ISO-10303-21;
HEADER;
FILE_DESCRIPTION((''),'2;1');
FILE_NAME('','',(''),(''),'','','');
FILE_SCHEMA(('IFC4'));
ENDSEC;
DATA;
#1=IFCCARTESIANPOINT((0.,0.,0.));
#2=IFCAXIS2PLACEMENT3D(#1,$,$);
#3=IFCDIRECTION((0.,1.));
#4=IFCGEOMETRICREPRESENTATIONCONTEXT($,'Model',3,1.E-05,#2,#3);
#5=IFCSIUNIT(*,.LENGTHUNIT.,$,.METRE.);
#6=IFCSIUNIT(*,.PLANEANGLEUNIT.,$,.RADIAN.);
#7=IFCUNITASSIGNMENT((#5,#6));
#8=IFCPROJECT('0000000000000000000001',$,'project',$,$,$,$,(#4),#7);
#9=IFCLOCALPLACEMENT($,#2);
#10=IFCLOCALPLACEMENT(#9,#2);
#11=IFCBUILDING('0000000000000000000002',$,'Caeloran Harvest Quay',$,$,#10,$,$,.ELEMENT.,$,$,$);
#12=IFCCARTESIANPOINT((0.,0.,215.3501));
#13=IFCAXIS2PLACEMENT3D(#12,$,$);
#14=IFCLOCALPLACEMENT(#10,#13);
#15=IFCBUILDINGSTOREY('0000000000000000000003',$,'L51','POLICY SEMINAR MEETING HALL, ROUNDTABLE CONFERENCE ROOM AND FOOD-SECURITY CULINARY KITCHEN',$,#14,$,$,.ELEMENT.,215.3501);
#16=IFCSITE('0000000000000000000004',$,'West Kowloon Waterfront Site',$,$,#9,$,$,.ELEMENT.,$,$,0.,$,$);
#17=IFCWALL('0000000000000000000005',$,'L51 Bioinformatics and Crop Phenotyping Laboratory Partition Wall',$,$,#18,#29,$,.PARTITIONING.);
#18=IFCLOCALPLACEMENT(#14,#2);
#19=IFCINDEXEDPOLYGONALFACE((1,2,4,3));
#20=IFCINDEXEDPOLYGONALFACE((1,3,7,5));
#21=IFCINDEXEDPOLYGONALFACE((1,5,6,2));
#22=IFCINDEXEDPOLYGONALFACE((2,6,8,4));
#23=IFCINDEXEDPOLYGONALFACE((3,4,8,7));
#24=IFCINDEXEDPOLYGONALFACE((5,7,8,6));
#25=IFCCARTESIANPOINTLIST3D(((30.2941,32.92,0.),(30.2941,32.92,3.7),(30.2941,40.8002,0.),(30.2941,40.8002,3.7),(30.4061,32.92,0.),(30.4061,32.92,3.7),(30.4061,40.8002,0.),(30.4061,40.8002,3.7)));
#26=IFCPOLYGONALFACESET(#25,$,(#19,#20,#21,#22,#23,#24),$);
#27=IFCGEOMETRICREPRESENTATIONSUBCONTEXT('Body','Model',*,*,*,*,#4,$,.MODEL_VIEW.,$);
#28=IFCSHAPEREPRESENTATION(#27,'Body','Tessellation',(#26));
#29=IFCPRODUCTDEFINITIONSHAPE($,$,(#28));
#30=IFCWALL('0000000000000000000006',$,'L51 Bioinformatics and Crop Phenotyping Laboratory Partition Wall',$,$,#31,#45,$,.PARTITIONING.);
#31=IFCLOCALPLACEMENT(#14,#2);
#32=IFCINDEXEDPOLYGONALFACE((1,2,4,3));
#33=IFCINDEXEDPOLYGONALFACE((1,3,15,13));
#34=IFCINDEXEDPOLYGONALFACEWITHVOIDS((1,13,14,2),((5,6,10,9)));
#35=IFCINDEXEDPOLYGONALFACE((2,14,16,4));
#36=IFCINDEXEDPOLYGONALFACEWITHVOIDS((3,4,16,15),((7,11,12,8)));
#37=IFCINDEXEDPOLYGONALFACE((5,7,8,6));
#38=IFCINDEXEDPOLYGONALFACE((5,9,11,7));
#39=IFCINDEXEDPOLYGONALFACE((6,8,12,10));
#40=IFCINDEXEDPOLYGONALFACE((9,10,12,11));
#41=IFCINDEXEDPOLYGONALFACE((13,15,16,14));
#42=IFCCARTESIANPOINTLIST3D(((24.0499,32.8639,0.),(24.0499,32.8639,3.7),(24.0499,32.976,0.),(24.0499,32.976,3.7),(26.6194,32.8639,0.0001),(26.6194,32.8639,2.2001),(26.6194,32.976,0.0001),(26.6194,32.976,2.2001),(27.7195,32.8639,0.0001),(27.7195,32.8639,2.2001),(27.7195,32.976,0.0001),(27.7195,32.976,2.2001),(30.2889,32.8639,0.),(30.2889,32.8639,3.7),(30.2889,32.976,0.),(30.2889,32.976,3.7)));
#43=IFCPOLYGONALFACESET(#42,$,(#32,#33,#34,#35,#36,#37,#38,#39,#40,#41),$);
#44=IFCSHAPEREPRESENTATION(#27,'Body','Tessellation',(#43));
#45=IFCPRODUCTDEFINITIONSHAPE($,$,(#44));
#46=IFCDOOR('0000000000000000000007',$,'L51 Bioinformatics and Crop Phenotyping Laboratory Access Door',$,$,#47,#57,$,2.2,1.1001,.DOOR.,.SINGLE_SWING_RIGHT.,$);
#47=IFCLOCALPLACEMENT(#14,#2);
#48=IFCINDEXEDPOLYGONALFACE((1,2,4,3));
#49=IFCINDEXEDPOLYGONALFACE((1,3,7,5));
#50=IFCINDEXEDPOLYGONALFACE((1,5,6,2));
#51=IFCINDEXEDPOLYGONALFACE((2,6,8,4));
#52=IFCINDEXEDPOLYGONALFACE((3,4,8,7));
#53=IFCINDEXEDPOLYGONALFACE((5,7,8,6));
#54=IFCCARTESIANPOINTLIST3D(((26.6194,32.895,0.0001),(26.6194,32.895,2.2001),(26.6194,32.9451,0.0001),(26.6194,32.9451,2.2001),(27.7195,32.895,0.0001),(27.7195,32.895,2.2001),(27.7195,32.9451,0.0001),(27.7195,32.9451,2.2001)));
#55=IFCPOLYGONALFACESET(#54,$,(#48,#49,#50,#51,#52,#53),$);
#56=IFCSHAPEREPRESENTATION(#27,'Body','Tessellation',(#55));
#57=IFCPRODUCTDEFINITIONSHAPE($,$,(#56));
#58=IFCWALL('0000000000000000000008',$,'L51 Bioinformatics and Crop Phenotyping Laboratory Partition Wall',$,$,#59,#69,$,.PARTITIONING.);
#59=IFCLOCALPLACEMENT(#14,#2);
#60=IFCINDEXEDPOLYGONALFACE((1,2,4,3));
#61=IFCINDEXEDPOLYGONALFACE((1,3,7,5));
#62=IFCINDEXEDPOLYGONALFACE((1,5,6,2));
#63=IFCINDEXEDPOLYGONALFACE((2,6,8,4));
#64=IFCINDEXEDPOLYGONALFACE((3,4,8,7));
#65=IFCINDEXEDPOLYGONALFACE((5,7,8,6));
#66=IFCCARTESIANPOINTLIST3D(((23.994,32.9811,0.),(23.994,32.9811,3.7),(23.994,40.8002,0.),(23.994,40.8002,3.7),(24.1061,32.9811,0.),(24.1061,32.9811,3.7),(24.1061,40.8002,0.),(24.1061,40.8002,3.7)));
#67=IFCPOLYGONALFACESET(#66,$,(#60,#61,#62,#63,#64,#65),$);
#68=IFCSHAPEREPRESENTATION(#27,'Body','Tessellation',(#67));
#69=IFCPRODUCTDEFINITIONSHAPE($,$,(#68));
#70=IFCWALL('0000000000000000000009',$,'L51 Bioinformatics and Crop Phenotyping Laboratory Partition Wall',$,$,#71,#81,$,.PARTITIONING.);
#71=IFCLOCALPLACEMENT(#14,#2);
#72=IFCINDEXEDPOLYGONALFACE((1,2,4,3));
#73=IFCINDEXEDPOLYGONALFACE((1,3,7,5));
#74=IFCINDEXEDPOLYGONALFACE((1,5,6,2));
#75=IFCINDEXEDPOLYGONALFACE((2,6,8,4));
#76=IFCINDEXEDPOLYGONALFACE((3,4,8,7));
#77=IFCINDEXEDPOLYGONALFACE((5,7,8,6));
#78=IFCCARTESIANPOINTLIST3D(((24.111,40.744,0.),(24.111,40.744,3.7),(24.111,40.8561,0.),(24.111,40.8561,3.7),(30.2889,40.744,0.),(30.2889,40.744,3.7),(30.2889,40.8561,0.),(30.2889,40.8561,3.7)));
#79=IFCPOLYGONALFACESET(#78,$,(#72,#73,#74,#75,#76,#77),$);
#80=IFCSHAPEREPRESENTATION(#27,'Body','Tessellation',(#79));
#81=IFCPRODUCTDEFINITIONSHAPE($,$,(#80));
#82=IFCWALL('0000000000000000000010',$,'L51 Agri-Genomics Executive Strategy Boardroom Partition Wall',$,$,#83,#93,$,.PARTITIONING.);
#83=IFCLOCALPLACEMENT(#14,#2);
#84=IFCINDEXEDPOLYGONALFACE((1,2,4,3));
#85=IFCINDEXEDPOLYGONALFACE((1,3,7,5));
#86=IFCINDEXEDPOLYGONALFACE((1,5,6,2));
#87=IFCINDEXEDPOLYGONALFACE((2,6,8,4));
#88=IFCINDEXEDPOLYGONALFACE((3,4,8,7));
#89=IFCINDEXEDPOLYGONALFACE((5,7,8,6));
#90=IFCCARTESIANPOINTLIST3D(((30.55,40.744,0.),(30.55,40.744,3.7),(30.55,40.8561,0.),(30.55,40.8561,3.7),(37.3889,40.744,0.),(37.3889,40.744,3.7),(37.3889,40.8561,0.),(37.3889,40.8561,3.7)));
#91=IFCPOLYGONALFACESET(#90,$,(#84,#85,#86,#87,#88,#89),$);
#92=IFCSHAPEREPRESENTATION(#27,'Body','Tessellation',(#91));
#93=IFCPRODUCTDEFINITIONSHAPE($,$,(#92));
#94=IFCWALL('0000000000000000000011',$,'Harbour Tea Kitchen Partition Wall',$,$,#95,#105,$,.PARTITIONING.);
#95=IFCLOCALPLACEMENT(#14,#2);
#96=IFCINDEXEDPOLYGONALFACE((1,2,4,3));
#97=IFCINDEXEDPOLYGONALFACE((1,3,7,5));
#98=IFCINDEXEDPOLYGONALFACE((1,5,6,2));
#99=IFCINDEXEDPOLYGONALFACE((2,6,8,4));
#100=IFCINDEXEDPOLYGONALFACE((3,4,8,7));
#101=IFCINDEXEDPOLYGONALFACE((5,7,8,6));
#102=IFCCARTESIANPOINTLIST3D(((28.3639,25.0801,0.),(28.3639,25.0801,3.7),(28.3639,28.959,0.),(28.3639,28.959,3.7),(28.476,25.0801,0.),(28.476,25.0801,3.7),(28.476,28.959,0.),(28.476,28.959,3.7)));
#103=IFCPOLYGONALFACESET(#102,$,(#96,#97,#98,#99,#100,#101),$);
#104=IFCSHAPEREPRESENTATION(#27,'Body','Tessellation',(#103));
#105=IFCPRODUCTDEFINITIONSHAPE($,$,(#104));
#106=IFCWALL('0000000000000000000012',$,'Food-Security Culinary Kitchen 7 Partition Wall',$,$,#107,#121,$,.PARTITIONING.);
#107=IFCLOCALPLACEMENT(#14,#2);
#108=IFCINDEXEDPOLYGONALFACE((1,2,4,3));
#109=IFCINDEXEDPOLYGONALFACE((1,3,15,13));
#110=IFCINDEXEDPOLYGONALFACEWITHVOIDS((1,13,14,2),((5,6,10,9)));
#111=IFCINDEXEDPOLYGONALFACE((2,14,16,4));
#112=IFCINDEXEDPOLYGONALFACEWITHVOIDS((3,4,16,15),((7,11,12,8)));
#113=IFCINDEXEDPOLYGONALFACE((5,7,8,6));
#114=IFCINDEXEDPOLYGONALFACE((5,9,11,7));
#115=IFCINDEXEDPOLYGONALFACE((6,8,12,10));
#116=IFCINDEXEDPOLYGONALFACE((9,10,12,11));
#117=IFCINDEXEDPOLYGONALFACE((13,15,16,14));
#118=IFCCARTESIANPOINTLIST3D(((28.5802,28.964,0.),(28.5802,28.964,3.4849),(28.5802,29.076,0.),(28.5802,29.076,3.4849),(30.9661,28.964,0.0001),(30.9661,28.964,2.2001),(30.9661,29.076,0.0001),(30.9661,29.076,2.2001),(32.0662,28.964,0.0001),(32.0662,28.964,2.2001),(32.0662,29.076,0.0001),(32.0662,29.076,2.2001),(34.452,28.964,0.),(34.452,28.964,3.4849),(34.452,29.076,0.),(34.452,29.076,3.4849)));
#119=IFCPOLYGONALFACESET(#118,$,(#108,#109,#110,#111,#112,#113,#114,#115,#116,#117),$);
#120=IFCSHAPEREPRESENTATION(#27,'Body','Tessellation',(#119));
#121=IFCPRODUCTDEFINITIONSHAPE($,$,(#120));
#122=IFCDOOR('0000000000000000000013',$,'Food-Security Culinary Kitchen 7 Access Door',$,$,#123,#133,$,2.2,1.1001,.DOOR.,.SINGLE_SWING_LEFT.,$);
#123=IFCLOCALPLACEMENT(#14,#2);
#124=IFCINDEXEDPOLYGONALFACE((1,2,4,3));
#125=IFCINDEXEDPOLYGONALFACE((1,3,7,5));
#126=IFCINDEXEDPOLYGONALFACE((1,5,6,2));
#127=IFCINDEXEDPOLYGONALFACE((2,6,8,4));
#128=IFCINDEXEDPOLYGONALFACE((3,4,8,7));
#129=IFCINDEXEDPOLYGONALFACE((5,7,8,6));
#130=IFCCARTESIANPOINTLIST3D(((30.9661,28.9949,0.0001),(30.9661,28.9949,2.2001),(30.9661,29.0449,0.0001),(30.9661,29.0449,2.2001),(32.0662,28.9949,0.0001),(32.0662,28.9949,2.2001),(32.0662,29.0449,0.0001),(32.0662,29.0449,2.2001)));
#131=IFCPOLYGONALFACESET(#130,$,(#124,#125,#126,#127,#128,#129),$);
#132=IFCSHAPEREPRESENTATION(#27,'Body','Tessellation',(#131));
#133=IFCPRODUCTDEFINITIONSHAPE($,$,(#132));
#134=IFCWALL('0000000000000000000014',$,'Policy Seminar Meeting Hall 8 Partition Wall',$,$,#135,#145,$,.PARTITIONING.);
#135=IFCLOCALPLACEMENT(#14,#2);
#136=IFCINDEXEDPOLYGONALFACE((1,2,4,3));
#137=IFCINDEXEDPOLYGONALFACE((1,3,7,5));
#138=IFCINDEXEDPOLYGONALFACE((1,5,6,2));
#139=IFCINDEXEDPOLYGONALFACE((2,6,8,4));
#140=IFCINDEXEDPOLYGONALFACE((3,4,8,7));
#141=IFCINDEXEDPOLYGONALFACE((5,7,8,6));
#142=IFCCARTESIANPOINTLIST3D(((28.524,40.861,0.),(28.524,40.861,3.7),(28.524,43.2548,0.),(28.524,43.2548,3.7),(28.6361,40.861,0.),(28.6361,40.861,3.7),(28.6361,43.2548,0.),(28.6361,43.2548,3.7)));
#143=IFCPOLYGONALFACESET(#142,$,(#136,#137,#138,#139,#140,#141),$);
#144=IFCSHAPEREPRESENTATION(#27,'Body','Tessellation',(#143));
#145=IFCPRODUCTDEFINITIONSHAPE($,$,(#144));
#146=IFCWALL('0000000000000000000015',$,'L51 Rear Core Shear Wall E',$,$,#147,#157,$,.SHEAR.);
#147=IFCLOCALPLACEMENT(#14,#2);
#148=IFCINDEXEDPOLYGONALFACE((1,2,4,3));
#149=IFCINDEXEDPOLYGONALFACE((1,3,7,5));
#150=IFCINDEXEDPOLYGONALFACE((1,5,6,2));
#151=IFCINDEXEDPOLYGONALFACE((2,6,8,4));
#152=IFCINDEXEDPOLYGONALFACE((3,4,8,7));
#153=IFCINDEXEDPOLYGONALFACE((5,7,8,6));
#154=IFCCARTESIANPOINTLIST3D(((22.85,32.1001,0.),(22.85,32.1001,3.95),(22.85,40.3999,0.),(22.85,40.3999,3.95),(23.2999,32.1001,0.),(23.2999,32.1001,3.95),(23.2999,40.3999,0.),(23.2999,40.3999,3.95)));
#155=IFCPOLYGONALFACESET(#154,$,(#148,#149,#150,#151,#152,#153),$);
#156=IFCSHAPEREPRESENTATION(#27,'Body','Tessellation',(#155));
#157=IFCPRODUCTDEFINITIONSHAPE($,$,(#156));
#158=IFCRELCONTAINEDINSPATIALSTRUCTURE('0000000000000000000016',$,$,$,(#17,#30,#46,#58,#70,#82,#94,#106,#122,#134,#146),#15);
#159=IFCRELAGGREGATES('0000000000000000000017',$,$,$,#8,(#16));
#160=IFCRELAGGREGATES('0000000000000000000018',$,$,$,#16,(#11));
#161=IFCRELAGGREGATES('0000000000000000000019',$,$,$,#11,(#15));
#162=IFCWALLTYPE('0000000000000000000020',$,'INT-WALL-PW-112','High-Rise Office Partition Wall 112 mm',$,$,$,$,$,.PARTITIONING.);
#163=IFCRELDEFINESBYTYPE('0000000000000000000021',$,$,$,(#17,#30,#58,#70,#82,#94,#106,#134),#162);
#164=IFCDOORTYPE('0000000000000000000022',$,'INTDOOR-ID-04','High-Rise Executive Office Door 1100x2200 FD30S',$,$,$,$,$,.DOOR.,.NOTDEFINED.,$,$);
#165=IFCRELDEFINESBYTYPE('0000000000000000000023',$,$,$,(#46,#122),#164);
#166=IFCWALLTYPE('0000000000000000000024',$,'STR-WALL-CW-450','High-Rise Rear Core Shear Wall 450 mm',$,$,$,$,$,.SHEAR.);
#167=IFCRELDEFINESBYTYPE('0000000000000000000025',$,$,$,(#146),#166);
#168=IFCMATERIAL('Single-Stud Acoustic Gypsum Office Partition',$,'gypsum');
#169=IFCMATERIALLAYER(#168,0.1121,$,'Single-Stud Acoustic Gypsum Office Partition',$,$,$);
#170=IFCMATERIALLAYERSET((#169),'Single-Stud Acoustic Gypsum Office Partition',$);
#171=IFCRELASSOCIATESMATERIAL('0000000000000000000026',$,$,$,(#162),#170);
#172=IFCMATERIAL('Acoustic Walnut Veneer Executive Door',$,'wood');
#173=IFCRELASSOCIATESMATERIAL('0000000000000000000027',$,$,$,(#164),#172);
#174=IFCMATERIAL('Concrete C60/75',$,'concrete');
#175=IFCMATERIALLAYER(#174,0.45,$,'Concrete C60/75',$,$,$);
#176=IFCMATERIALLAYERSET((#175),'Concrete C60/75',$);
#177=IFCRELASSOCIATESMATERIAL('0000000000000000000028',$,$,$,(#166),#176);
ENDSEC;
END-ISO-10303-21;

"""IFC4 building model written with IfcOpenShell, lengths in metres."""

from ifc_helpers import new_model, si_unit, direction, frame, frame_2d, origin, place, context, subcontext, project, spatial, rectangle, extrude, material, layer, layer_set, type_object, element, fill, save


model = new_model("IFC4")

# Units and contexts
model_context = context("Model", 3, precision=1e-05, world=origin(), true_north=direction((0.0, 1.0)))
body_context = subcontext(model_context, "Body", "Model", "MODEL_VIEW")
ifc_project = project(units=[si_unit("LENGTHUNIT", "METRE"), si_unit("PLANEANGLEUNIT", "RADIAN")], contexts=[model_context])

# Site, building, storey
site_placement = place(None, origin())
site = spatial("IfcSite", under=ifc_project, at=site_placement, Name="West Kowloon Waterfront Site", CompositionType="ELEMENT", RefElevation=0.0)
building_placement = place(site_placement, origin())
building = spatial("IfcBuilding", under=site, at=building_placement, Name="Caeloran Harvest Quay", CompositionType="ELEMENT")
storey_placement = place(building_placement, frame((0.0, 0.0, 215.3501)))
storey = spatial("IfcBuildingStorey", under=building, at=storey_placement, Name="L51", Description="POLICY SEMINAR MEETING HALL, ROUNDTABLE CONFERENCE ROOM AND FOOD-SECURITY CULINARY KITCHEN", CompositionType="ELEMENT", Elevation=215.3501)

# Shared definitions
ifc_material_1 = material(Name="Concrete C60/75", Category="concrete")

# Wall
ifc_material_2 = material(Name="Single-Stud Acoustic Gypsum Office Partition", Category="gypsum")
ifc_layer_1 = layer(ifc_material_2, 0.1121, Name="Single-Stud Acoustic Gypsum Office Partition")
ifc_layer_set_1 = layer_set([ifc_layer_1], Name="Single-Stud Acoustic Gypsum Office Partition")
wall_type_1 = type_object("IfcWallType", Name="INT-WALL-PW-112", Description="High-Rise Office Partition Wall 112 mm", PredefinedType="PARTITIONING", material=ifc_layer_set_1)
wall_1_placement = place(storey_placement, frame((30.3501, 40.8, 0.0), z_axis=(0.0, 0.0, 1.0), x_axis=(0.0, -1.0, 0.0)))
element("IfcWall", 1, at=wall_1_placement, inside=storey, type_object=wall_type_1, Name="L51 Bioinformatics and Crop Phenotyping Laboratory Partition Wall", PredefinedType="PARTITIONING", context=body_context, shape_type="SweptSolid", body=[
    extrude(rectangle(XDim=7.8801, YDim=0.1121, at=frame_2d((3.9399, 0.0))), origin(), (0.0, 0.0, 1.0), 3.7),
])

# Wall, opening, door
wall_2_placement = place(storey_placement, frame((30.2891, 32.9199, 0.0), z_axis=(0.0, 0.0, 1.0), x_axis=(-1.0, 0.0, 0.0)))
wall_2 = element("IfcWall", 2, at=wall_2_placement, inside=storey, type_object=wall_type_1, Name="L51 Bioinformatics and Crop Phenotyping Laboratory Partition Wall", PredefinedType="PARTITIONING", context=body_context, shape_type="SweptSolid", body=[
    extrude(rectangle(XDim=6.239, YDim=0.1121, at=frame_2d((3.1196, 0.0))), origin(), (0.0, 0.0, 1.0), 3.7),
])
opening_1_placement = place(wall_2_placement, frame((2.5696, 0.0, 0.0)))
opening_1 = element("IfcOpeningElement", 3, at=opening_1_placement, cuts=wall_2, PredefinedType="OPENING", context=body_context, shape_type="SweptSolid", body=[
    extrude(rectangle(XDim=1.1001, YDim=2.2, at=frame_2d((0.55, 1.1001))), frame((0.0, 0.0659, 0.0), z_axis=(0.0, -1.0, 0.0), x_axis=(1.0, 0.0, 0.0)), (0.0, 0.0, 1.0), 0.1321),
])
ifc_material_3 = material(Name="Acoustic Walnut Veneer Executive Door", Category="wood")
door_type = type_object("IfcDoorType", Name="INTDOOR-ID-04", Description="High-Rise Executive Office Door 1100x2200 FD30S", OperationType="NOTDEFINED", PredefinedType="DOOR", material=ifc_material_3)
door_1_placement = place(opening_1_placement, origin())
door_1 = element("IfcDoor", 4, at=door_1_placement, inside=storey, type_object=door_type, Name="L51 Bioinformatics and Crop Phenotyping Laboratory Access Door", OperationType="SINGLE_SWING_RIGHT", OverallHeight=2.2, OverallWidth=1.1001, PredefinedType="DOOR", context=body_context, shape_type="SweptSolid", body=[
    extrude(rectangle(XDim=1.1001, YDim=2.2, at=frame_2d((0.55, 1.1001))), frame((0.0, 0.0249, 0.0), z_axis=(0.0, -1.0, 0.0), x_axis=(1.0, 0.0, 0.0)), (0.0, 0.0, 1.0), 0.05),
])
fill(opening_1, door_1)

# Walls
wall_3_placement = place(storey_placement, frame((24.05, 32.981, 0.0), z_axis=(0.0, 0.0, 1.0), x_axis=(0.0, 1.0, 0.0)))
element("IfcWall", 5, at=wall_3_placement, inside=storey, type_object=wall_type_1, Name="L51 Bioinformatics and Crop Phenotyping Laboratory Partition Wall", PredefinedType="PARTITIONING", context=body_context, shape_type="SweptSolid", body=[
    extrude(rectangle(XDim=7.8191, YDim=0.1121, at=frame_2d((3.9097, 0.0))), origin(), (0.0, 0.0, 1.0), 3.7),
])
wall_4_placement = place(storey_placement, frame((24.1111, 40.8, 0.0), z_axis=(0.0, 0.0, 1.0), x_axis=(1.0, 0.0, 0.0)))
element("IfcWall", 6, at=wall_4_placement, inside=storey, type_object=wall_type_1, Name="L51 Bioinformatics and Crop Phenotyping Laboratory Partition Wall", PredefinedType="PARTITIONING", context=body_context, shape_type="SweptSolid", body=[
    extrude(rectangle(XDim=6.178, YDim=0.1121, at=frame_2d((3.0889, 0.0))), origin(), (0.0, 0.0, 1.0), 3.7),
])
wall_5_placement = place(storey_placement, frame((30.55, 40.8, 0.0), z_axis=(0.0, 0.0, 1.0), x_axis=(1.0, 0.0, 0.0)))
element("IfcWall", 7, at=wall_5_placement, inside=storey, type_object=wall_type_1, Name="L51 Agri-Genomics Executive Strategy Boardroom Partition Wall", PredefinedType="PARTITIONING", context=body_context, shape_type="SweptSolid", body=[
    extrude(rectangle(XDim=6.8389, YDim=0.1121, at=frame_2d((3.4194, 0.0))), origin(), (0.0, 0.0, 1.0), 3.7),
])
wall_6_placement = place(storey_placement, frame((28.4199, 28.959, 0.0), z_axis=(0.0, 0.0, 1.0), x_axis=(0.0, -1.0, 0.0)))
element("IfcWall", 8, at=wall_6_placement, inside=storey, type_object=wall_type_1, Name="Harbour Tea Kitchen Partition Wall", PredefinedType="PARTITIONING", context=body_context, shape_type="SweptSolid", body=[
    extrude(rectangle(XDim=3.8789, YDim=0.1121, at=frame_2d((1.9395, 0.0))), origin(), (0.0, 0.0, 1.0), 3.7),
])

# Wall, opening, door
wall_7_placement = place(storey_placement, frame((28.5801, 29.02, 0.0), z_axis=(0.0, 0.0, 1.0), x_axis=(1.0, 0.0, 0.0)))
wall_7 = element("IfcWall", 9, at=wall_7_placement, inside=storey, type_object=wall_type_1, Name="Food-Security Culinary Kitchen 7 Partition Wall", PredefinedType="PARTITIONING", context=body_context, shape_type="SweptSolid", body=[
    extrude(rectangle(XDim=5.8718, YDim=0.1121, at=frame_2d((2.936, 0.0))), origin(), (0.0, 0.0, 1.0), 3.4849),
])
opening_2_placement = place(wall_7_placement, frame((2.386, 0.0, 0.0)))
opening_2 = element("IfcOpeningElement", 10, at=opening_2_placement, cuts=wall_7, PredefinedType="OPENING", context=body_context, shape_type="SweptSolid", body=[
    extrude(rectangle(XDim=1.1001, YDim=2.2, at=frame_2d((0.55, 1.1001))), frame((0.0, 0.0659, 0.0), z_axis=(0.0, -1.0, 0.0), x_axis=(1.0, 0.0, 0.0)), (0.0, 0.0, 1.0), 0.1321),
])
door_2_placement = place(opening_2_placement, origin())
door_2 = element("IfcDoor", 11, at=door_2_placement, inside=storey, type_object=door_type, Name="Food-Security Culinary Kitchen 7 Access Door", OperationType="SINGLE_SWING_LEFT", OverallHeight=2.2, OverallWidth=1.1001, PredefinedType="DOOR", context=body_context, shape_type="SweptSolid", body=[
    extrude(rectangle(XDim=1.1001, YDim=2.2, at=frame_2d((0.55, 1.1001))), frame((0.0, 0.0249, 0.0), z_axis=(0.0, -1.0, 0.0), x_axis=(1.0, 0.0, 0.0)), (0.0, 0.0, 1.0), 0.05),
])
fill(opening_2, door_2)

# Walls
wall_8_placement = place(storey_placement, frame((28.5801, 40.8611, 0.0), z_axis=(0.0, 0.0, 1.0), x_axis=(0.0, 1.0, 0.0)))
element("IfcWall", 12, at=wall_8_placement, inside=storey, type_object=wall_type_1, Name="Policy Seminar Meeting Hall 8 Partition Wall", PredefinedType="PARTITIONING", context=body_context, shape_type="SweptSolid", body=[
    extrude(rectangle(XDim=2.3938, YDim=0.1121, at=frame_2d((1.1968, 0.0))), origin(), (0.0, 0.0, 1.0), 3.7),
])
ifc_layer_2 = layer(ifc_material_1, 0.45, Name="Concrete C60/75")
ifc_layer_set_2 = layer_set([ifc_layer_2], Name="Concrete C60/75")
wall_type_2 = type_object("IfcWallType", Name="STR-WALL-CW-450", Description="High-Rise Rear Core Shear Wall 450 mm", PredefinedType="SHEAR", material=ifc_layer_set_2)
wall_9_placement = place(storey_placement, frame((23.075, 32.1001, 0.0), z_axis=(0.0, 0.0, 1.0), x_axis=(0.0, 1.0, 0.0)))
element("IfcWall", 13, at=wall_9_placement, inside=storey, type_object=wall_type_2, Name="L51 Rear Core Shear Wall E", PredefinedType="SHEAR", context=body_context, shape_type="SweptSolid", body=[
    extrude(rectangle(XDim=8.2998, YDim=0.45, at=frame_2d((4.1499, 0.0))), origin(), (0.0, 0.0, 1.0), 3.95),
])

save(model, "model.ifc")
